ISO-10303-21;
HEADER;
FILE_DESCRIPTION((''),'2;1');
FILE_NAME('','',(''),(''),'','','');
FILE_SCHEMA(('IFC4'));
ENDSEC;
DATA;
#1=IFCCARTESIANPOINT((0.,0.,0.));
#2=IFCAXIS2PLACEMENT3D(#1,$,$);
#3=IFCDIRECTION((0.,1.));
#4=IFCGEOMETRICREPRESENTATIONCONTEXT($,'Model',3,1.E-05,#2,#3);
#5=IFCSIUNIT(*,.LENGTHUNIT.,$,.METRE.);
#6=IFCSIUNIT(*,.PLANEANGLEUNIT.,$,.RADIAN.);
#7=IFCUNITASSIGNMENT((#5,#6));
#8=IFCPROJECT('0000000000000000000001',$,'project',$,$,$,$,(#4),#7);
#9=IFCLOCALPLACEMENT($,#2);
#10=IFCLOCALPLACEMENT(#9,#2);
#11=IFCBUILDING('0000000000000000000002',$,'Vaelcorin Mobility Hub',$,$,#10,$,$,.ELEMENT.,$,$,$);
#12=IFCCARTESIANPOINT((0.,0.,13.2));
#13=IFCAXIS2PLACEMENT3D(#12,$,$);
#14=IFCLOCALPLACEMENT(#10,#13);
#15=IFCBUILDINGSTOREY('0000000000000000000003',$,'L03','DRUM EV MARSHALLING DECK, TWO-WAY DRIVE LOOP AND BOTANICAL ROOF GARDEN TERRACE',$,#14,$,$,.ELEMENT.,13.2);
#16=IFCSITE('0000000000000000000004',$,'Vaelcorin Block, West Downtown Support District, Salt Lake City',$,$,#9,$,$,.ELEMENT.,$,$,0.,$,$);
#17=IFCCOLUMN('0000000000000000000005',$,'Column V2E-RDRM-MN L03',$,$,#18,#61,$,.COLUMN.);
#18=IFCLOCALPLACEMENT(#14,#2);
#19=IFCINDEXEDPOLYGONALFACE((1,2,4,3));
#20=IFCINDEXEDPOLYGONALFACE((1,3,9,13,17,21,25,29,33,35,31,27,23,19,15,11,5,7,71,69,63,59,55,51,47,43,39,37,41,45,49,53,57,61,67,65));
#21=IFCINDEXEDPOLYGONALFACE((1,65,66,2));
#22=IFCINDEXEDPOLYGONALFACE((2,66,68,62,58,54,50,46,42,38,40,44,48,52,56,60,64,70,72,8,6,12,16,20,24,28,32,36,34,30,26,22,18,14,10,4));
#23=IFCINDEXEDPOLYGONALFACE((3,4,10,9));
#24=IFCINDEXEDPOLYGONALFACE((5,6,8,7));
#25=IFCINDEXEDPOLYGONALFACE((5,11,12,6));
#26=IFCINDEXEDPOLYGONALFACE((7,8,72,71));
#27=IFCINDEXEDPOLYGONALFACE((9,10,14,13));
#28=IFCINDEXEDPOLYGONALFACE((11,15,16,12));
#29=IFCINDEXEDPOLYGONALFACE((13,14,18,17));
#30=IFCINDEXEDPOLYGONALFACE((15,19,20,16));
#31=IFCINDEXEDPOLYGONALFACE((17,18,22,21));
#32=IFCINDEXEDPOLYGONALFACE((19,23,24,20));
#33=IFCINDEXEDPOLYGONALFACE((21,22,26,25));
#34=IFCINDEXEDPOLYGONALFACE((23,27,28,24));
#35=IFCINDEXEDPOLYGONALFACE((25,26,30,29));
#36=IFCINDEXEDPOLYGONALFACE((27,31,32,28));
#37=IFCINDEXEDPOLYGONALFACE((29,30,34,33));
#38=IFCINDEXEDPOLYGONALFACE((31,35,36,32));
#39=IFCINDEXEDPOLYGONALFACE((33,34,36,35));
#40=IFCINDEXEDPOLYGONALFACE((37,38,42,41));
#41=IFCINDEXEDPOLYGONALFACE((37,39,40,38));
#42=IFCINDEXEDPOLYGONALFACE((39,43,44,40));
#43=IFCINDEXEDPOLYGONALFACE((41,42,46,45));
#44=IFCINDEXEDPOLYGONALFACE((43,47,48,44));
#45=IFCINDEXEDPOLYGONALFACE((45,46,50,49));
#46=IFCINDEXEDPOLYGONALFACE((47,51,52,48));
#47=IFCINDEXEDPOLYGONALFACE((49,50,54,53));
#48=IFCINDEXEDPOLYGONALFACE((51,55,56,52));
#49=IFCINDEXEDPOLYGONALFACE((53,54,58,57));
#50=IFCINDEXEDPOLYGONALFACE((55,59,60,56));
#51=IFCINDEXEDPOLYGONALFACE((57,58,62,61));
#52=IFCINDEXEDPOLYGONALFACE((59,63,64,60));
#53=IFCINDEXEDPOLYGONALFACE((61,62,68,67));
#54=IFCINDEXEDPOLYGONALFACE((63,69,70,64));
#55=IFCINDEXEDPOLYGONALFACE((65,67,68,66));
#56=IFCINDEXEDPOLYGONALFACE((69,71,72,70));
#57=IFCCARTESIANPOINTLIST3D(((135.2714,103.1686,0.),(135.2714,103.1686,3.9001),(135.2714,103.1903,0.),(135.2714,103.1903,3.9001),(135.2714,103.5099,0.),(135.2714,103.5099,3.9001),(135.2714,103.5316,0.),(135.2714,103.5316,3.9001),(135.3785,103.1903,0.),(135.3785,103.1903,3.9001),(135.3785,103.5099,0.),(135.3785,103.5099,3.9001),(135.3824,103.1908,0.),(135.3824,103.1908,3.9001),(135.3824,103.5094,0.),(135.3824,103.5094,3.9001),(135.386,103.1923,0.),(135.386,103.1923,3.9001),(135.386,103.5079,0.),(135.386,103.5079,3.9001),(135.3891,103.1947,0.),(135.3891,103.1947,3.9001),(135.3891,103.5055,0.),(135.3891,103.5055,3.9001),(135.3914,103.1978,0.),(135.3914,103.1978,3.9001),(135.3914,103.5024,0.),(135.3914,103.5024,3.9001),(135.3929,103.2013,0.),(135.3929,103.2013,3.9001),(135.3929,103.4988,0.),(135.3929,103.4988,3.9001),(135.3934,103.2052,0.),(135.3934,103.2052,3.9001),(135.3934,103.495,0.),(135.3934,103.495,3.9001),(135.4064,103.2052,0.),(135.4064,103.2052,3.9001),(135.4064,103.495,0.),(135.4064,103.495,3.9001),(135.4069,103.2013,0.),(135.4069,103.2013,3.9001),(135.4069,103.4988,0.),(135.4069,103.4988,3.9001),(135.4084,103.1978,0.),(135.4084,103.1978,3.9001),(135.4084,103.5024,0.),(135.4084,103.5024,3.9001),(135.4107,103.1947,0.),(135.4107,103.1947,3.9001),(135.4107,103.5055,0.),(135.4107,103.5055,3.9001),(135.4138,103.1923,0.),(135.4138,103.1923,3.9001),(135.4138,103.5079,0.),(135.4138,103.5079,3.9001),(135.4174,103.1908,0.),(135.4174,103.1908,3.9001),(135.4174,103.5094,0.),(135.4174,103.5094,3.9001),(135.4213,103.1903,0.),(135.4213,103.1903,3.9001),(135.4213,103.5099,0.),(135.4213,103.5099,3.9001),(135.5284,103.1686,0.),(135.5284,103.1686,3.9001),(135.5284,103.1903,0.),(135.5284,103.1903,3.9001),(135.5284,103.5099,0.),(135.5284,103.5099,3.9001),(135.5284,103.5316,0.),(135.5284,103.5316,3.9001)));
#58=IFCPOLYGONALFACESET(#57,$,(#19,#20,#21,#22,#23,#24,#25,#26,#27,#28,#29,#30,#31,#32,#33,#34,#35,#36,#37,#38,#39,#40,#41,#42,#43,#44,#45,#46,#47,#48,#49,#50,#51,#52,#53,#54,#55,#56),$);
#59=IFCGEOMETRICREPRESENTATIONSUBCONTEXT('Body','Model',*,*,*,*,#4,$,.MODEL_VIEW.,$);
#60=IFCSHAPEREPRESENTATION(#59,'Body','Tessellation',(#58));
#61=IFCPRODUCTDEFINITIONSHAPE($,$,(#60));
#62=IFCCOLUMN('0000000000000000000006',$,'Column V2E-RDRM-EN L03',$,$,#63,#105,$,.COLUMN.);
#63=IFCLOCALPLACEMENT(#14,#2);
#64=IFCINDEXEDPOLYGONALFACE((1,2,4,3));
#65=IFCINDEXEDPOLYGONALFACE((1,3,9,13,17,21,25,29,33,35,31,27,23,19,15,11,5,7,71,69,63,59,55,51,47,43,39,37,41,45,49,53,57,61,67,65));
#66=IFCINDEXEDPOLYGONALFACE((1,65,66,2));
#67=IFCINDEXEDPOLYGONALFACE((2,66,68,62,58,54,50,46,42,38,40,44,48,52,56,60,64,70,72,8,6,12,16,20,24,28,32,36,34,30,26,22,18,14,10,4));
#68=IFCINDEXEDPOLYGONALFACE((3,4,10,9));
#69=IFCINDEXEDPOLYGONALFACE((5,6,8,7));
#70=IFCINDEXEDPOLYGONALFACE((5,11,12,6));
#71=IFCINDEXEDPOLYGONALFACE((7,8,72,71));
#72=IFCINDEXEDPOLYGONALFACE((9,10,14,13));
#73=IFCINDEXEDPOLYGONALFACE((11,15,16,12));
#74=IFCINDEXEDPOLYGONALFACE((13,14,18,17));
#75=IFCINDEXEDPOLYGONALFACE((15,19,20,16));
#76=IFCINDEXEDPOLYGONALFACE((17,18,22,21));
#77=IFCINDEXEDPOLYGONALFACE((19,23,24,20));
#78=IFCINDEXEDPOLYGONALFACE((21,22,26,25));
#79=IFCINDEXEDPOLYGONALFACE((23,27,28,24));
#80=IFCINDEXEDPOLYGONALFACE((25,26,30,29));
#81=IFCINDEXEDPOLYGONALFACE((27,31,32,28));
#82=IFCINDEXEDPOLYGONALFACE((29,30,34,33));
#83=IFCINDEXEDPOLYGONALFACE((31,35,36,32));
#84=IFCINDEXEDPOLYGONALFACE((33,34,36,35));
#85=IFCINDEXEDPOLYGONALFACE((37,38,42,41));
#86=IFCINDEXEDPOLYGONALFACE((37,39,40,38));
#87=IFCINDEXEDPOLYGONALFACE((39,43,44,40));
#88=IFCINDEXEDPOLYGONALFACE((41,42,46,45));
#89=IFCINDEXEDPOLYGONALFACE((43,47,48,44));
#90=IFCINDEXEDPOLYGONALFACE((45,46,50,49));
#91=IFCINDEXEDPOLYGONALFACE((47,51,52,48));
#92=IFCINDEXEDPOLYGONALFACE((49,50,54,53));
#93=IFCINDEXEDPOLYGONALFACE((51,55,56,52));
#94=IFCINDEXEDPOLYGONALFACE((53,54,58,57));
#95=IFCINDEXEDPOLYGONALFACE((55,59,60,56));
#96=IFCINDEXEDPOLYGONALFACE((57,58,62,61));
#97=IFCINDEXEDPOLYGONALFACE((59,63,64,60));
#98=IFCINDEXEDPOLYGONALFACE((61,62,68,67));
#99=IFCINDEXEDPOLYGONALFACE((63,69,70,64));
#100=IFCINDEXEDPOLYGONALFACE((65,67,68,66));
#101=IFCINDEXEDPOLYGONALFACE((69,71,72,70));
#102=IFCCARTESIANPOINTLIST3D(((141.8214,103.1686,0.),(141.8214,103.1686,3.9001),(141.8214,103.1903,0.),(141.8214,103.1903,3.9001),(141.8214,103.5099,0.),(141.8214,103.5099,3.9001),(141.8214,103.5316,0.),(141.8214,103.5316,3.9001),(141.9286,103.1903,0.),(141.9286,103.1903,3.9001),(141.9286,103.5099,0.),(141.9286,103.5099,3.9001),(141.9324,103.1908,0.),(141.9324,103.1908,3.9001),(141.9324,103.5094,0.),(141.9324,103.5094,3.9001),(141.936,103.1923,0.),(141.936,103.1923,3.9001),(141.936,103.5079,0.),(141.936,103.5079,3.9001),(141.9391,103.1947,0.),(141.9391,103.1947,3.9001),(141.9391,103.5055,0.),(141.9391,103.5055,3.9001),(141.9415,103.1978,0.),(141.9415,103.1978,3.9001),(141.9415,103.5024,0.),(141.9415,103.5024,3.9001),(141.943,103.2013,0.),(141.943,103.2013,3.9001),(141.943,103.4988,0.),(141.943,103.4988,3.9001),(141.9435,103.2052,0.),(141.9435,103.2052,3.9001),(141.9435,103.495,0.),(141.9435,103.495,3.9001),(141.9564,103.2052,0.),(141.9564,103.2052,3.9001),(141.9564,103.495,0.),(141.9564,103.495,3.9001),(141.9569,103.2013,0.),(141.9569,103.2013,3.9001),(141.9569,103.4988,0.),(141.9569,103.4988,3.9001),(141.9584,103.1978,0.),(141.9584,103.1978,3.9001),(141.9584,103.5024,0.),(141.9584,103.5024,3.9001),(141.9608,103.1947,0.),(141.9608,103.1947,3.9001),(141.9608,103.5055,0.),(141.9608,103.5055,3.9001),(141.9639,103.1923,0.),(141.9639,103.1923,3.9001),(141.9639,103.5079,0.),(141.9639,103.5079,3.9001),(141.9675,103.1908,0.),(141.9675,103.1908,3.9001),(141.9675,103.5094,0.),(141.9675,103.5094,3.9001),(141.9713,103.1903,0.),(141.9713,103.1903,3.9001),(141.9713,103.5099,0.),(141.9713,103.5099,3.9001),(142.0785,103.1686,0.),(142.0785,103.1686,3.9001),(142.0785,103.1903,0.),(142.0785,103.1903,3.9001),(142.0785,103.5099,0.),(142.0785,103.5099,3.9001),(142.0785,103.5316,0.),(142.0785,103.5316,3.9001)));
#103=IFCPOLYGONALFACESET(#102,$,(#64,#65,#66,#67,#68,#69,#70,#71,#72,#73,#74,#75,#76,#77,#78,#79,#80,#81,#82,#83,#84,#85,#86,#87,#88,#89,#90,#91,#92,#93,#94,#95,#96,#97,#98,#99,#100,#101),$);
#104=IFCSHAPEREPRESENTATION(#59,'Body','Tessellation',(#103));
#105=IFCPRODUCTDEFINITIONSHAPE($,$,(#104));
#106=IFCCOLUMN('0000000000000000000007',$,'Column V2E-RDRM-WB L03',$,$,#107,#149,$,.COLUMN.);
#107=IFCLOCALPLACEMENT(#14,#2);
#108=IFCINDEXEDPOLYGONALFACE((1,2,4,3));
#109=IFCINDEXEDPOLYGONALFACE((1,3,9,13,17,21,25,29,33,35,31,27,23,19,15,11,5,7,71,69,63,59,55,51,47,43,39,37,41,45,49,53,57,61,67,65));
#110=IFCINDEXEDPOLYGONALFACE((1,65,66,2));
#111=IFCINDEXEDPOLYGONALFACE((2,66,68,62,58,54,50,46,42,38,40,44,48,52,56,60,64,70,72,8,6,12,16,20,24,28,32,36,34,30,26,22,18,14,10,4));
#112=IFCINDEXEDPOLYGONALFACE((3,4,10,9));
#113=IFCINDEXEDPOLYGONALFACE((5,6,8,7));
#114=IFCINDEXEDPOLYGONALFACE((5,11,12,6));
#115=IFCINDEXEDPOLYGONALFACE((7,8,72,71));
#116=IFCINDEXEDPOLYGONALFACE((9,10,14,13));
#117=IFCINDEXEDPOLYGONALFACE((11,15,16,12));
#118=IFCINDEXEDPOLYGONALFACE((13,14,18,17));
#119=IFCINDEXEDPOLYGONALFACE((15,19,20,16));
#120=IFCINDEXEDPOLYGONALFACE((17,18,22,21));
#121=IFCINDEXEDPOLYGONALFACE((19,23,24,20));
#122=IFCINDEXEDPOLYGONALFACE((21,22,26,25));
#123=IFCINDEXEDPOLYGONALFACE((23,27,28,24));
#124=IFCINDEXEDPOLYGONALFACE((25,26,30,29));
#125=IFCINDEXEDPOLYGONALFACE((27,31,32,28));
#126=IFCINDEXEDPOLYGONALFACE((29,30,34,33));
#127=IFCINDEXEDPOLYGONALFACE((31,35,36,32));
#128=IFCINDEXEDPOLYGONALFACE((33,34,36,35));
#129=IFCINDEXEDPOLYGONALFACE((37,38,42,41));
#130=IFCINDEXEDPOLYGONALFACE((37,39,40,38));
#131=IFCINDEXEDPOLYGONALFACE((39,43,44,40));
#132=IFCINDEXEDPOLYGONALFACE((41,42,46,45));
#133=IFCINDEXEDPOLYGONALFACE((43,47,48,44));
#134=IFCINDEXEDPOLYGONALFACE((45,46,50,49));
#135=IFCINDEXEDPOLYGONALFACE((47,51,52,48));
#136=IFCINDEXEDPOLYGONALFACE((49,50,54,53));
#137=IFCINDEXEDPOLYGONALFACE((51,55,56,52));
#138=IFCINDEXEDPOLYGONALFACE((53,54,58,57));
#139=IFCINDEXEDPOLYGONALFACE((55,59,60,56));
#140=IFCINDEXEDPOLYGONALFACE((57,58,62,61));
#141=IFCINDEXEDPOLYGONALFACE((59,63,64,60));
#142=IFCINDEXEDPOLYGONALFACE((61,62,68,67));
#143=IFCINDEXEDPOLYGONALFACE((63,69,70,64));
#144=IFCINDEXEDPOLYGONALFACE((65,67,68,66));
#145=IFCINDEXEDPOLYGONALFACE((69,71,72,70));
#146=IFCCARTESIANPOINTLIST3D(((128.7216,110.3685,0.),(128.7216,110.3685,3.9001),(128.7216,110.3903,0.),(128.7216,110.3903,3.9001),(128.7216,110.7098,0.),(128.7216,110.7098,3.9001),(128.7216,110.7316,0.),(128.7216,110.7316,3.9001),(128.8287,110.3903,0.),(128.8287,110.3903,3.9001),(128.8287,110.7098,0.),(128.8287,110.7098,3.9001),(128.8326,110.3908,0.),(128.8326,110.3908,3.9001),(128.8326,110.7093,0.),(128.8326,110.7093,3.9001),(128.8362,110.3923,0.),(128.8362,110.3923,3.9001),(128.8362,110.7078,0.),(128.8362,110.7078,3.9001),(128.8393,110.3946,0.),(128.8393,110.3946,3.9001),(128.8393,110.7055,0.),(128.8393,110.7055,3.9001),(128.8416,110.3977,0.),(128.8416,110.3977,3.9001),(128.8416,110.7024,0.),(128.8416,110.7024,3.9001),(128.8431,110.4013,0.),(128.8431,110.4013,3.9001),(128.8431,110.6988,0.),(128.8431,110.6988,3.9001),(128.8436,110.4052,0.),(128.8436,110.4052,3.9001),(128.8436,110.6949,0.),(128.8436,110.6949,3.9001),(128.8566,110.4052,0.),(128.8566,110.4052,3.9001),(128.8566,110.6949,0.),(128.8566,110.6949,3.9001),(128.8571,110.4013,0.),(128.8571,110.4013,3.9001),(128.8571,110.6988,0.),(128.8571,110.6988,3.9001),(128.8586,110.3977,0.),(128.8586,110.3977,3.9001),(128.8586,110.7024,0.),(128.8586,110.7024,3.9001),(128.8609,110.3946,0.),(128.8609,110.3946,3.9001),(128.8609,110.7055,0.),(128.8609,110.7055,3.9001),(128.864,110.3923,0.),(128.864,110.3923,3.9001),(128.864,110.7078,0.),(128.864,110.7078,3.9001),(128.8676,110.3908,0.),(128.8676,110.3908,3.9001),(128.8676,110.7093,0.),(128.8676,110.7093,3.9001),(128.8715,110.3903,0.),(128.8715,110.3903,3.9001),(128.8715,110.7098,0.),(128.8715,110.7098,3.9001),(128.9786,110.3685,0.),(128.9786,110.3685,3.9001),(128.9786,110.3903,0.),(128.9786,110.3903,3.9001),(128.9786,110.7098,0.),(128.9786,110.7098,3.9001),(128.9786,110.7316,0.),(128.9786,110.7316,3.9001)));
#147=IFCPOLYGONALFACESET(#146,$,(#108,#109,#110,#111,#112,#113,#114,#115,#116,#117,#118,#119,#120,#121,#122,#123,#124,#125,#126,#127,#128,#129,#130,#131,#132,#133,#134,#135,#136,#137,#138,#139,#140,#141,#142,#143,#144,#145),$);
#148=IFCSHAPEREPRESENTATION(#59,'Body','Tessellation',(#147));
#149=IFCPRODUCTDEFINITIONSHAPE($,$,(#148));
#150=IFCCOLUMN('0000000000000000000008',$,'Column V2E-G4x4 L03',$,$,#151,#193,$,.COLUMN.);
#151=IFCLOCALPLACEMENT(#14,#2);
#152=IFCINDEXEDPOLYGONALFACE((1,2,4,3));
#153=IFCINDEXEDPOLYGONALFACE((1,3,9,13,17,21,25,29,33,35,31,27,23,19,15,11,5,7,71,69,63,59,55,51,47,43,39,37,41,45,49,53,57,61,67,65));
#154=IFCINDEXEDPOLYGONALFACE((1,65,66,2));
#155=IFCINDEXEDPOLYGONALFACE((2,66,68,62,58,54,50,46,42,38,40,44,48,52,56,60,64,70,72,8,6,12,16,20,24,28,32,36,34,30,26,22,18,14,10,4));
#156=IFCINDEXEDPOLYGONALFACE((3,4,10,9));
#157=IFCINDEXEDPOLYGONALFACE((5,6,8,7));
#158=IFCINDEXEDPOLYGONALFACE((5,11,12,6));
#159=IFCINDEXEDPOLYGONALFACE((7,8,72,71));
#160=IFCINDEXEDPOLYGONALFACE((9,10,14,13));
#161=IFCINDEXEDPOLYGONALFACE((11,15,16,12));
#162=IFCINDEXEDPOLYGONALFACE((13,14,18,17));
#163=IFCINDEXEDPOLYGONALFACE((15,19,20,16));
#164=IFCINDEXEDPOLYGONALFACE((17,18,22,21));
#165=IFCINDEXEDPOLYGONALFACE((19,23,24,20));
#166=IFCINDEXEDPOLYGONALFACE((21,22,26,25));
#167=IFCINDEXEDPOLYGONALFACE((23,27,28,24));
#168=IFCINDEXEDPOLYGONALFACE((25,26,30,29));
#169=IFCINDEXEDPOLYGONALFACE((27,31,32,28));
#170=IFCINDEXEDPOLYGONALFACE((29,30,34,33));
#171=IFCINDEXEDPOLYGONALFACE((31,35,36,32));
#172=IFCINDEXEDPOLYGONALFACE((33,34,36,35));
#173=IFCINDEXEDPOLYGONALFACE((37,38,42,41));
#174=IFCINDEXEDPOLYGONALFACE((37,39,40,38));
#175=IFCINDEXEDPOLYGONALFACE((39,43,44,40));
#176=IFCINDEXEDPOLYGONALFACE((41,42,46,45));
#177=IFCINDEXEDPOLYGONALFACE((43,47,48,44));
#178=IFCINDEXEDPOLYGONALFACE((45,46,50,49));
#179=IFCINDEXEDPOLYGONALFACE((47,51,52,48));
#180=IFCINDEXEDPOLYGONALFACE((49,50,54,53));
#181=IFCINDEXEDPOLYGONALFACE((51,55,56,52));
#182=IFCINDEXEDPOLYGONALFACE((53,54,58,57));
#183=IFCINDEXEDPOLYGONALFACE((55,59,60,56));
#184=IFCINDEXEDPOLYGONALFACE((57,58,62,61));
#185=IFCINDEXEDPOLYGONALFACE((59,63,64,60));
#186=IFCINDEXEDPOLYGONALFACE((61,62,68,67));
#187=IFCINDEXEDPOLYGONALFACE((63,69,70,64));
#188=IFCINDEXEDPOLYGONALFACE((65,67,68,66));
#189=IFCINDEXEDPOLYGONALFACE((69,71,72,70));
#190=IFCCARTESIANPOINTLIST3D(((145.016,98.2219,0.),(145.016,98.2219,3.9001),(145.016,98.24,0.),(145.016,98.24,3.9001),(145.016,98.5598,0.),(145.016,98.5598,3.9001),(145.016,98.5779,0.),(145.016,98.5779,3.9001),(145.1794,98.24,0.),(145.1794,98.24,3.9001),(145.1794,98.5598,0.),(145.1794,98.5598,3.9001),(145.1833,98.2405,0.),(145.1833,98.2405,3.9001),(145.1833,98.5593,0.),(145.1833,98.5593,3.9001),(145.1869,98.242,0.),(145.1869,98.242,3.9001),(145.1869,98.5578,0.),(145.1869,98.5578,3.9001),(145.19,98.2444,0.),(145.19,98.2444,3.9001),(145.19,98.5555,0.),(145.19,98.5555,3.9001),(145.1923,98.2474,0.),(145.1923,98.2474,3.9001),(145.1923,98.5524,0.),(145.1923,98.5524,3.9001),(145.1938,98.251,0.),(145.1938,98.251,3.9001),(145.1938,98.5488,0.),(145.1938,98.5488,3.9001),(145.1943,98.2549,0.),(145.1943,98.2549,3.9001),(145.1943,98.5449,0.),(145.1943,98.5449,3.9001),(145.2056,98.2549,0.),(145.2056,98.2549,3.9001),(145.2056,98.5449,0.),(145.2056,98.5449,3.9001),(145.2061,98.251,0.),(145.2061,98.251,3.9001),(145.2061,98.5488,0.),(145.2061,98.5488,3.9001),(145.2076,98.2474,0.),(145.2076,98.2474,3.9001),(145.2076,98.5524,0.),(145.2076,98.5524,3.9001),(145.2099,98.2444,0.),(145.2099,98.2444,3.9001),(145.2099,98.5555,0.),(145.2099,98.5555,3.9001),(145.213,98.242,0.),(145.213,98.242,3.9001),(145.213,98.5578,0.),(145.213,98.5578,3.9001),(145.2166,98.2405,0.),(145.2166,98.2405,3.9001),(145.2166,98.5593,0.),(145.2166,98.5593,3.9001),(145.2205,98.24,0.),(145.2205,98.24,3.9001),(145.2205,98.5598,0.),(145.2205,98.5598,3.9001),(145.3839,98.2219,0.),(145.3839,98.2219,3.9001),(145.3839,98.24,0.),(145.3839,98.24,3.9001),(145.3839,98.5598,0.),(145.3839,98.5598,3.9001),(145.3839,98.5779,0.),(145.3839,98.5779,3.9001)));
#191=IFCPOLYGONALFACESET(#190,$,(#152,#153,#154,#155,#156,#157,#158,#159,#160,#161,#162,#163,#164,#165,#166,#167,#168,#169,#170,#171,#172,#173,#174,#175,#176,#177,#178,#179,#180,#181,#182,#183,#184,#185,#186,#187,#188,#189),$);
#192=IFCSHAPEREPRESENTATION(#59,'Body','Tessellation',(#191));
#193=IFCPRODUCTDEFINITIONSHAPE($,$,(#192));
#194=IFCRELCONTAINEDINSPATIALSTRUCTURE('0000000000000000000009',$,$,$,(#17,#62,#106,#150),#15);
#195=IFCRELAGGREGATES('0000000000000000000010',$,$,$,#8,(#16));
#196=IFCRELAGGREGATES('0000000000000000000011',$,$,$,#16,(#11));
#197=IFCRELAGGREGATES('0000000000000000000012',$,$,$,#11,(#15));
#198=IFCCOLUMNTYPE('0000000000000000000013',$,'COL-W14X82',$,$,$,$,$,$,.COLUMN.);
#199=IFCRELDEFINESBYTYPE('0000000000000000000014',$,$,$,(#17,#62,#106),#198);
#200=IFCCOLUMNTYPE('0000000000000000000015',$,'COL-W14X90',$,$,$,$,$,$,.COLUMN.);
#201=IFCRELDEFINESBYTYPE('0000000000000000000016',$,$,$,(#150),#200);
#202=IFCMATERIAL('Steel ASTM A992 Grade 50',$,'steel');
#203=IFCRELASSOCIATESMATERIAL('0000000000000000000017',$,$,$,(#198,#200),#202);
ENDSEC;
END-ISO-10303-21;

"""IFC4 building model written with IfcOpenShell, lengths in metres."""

from ifc_helpers import new_model, si_unit, direction, frame, origin, origin_2d, place, context, subcontext, project, spatial, i_section, extrude, material, material_profile, profile_set, type_object, element, save


model = new_model("IFC4")

# Units and contexts
model_context = context("Model", 3, precision=1e-05, world=origin(), true_north=direction((0.0, 1.0)))
body_context = subcontext(model_context, "Body", "Model", "MODEL_VIEW")
ifc_project = project(units=[si_unit("LENGTHUNIT", "METRE"), si_unit("PLANEANGLEUNIT", "RADIAN")], contexts=[model_context])

# Site, building, storey
site_placement = place(None, origin())
site = spatial("IfcSite", under=ifc_project, at=site_placement, Name="Vaelcorin Block, West Downtown Support District, Salt Lake City", CompositionType="ELEMENT", RefElevation=0.0)
building_placement = place(site_placement, origin())
building = spatial("IfcBuilding", under=site, at=building_placement, Name="Vaelcorin Mobility Hub", CompositionType="ELEMENT")
storey_placement = place(building_placement, frame((0.0, 0.0, 13.2)))
storey = spatial("IfcBuildingStorey", under=building, at=storey_placement, Name="L03", Description="DRUM EV MARSHALLING DECK, TWO-WAY DRIVE LOOP AND BOTANICAL ROOF GARDEN TERRACE", CompositionType="ELEMENT", Elevation=13.2)

# Columns
ifc_material_1 = material(Name="Steel ASTM A992 Grade 50", Category="steel")
ifc_material_profile_1 = material_profile(ifc_material_1, i_section(OverallWidth=0.2571, OverallDepth=0.363, WebThickness=0.0129, FlangeThickness=0.0217, FilletRadius=0.0149, at=origin_2d()), Name="W14X82")
ifc_profile_set_1 = profile_set([ifc_material_profile_1], Name="Steel ASTM A992 Grade 50")
column_type_1 = type_object("IfcColumnType", Name="COL-W14X82", PredefinedType="COLUMN", material=ifc_profile_set_1)
for number, where, z_axis, x_axis, name in (
    (1, (135.3999, 103.3501, 0.0), (0.0, 0.0, 1.0), (1.0, 0.0, 0.0), "Column V2E-RDRM-MN L03"),
    (2, (141.95, 103.3501, 0.0), (0.0, 0.0, 1.0), (1.0, 0.0, 0.0), "Column V2E-RDRM-EN L03"),
    (3, (128.8501, 110.55, 0.0), (0.0, 0.0, 1.0), (1.0, 0.0, 0.0), "Column V2E-RDRM-WB L03"),
):
    element("IfcColumn", number, at=place(storey_placement, frame(where, z_axis=z_axis, x_axis=x_axis)), inside=storey, type_object=column_type_1, Name=name, PredefinedType="COLUMN", context=body_context, shape_type="SweptSolid", body=[
        extrude(i_section(OverallWidth=0.2571, OverallDepth=0.363, WebThickness=0.0129, FlangeThickness=0.0217, FilletRadius=0.0149, at=origin_2d()), origin(), (0.0, 0.0, 1.0), 3.9001),
    ])
ifc_material_profile_2 = material_profile(ifc_material_1, i_section(OverallWidth=0.3679, OverallDepth=0.356, WebThickness=0.0112, FlangeThickness=0.0181, FilletRadius=0.0149, at=origin_2d()), Name="W14X90")
ifc_profile_set_2 = profile_set([ifc_material_profile_2], Name="Steel ASTM A992 Grade 50")
column_type_2 = type_object("IfcColumnType", Name="COL-W14X90", PredefinedType="COLUMN", material=ifc_profile_set_2)
for number, where, z_axis, x_axis, name in (
    (4, (145.2, 98.3999, 0.0), (0.0, 0.0, 1.0), (1.0, 0.0, 0.0), "Column V2E-G4x4 L03"),
):
    element("IfcColumn", number, at=place(storey_placement, frame(where, z_axis=z_axis, x_axis=x_axis)), inside=storey, type_object=column_type_2, Name=name, PredefinedType="COLUMN", context=body_context, shape_type="SweptSolid", body=[
        extrude(i_section(OverallWidth=0.3679, OverallDepth=0.356, WebThickness=0.0112, FlangeThickness=0.0181, FilletRadius=0.0149, at=origin_2d()), origin(), (0.0, 0.0, 1.0), 3.9001),
    ])

save(model, "model.ifc")
